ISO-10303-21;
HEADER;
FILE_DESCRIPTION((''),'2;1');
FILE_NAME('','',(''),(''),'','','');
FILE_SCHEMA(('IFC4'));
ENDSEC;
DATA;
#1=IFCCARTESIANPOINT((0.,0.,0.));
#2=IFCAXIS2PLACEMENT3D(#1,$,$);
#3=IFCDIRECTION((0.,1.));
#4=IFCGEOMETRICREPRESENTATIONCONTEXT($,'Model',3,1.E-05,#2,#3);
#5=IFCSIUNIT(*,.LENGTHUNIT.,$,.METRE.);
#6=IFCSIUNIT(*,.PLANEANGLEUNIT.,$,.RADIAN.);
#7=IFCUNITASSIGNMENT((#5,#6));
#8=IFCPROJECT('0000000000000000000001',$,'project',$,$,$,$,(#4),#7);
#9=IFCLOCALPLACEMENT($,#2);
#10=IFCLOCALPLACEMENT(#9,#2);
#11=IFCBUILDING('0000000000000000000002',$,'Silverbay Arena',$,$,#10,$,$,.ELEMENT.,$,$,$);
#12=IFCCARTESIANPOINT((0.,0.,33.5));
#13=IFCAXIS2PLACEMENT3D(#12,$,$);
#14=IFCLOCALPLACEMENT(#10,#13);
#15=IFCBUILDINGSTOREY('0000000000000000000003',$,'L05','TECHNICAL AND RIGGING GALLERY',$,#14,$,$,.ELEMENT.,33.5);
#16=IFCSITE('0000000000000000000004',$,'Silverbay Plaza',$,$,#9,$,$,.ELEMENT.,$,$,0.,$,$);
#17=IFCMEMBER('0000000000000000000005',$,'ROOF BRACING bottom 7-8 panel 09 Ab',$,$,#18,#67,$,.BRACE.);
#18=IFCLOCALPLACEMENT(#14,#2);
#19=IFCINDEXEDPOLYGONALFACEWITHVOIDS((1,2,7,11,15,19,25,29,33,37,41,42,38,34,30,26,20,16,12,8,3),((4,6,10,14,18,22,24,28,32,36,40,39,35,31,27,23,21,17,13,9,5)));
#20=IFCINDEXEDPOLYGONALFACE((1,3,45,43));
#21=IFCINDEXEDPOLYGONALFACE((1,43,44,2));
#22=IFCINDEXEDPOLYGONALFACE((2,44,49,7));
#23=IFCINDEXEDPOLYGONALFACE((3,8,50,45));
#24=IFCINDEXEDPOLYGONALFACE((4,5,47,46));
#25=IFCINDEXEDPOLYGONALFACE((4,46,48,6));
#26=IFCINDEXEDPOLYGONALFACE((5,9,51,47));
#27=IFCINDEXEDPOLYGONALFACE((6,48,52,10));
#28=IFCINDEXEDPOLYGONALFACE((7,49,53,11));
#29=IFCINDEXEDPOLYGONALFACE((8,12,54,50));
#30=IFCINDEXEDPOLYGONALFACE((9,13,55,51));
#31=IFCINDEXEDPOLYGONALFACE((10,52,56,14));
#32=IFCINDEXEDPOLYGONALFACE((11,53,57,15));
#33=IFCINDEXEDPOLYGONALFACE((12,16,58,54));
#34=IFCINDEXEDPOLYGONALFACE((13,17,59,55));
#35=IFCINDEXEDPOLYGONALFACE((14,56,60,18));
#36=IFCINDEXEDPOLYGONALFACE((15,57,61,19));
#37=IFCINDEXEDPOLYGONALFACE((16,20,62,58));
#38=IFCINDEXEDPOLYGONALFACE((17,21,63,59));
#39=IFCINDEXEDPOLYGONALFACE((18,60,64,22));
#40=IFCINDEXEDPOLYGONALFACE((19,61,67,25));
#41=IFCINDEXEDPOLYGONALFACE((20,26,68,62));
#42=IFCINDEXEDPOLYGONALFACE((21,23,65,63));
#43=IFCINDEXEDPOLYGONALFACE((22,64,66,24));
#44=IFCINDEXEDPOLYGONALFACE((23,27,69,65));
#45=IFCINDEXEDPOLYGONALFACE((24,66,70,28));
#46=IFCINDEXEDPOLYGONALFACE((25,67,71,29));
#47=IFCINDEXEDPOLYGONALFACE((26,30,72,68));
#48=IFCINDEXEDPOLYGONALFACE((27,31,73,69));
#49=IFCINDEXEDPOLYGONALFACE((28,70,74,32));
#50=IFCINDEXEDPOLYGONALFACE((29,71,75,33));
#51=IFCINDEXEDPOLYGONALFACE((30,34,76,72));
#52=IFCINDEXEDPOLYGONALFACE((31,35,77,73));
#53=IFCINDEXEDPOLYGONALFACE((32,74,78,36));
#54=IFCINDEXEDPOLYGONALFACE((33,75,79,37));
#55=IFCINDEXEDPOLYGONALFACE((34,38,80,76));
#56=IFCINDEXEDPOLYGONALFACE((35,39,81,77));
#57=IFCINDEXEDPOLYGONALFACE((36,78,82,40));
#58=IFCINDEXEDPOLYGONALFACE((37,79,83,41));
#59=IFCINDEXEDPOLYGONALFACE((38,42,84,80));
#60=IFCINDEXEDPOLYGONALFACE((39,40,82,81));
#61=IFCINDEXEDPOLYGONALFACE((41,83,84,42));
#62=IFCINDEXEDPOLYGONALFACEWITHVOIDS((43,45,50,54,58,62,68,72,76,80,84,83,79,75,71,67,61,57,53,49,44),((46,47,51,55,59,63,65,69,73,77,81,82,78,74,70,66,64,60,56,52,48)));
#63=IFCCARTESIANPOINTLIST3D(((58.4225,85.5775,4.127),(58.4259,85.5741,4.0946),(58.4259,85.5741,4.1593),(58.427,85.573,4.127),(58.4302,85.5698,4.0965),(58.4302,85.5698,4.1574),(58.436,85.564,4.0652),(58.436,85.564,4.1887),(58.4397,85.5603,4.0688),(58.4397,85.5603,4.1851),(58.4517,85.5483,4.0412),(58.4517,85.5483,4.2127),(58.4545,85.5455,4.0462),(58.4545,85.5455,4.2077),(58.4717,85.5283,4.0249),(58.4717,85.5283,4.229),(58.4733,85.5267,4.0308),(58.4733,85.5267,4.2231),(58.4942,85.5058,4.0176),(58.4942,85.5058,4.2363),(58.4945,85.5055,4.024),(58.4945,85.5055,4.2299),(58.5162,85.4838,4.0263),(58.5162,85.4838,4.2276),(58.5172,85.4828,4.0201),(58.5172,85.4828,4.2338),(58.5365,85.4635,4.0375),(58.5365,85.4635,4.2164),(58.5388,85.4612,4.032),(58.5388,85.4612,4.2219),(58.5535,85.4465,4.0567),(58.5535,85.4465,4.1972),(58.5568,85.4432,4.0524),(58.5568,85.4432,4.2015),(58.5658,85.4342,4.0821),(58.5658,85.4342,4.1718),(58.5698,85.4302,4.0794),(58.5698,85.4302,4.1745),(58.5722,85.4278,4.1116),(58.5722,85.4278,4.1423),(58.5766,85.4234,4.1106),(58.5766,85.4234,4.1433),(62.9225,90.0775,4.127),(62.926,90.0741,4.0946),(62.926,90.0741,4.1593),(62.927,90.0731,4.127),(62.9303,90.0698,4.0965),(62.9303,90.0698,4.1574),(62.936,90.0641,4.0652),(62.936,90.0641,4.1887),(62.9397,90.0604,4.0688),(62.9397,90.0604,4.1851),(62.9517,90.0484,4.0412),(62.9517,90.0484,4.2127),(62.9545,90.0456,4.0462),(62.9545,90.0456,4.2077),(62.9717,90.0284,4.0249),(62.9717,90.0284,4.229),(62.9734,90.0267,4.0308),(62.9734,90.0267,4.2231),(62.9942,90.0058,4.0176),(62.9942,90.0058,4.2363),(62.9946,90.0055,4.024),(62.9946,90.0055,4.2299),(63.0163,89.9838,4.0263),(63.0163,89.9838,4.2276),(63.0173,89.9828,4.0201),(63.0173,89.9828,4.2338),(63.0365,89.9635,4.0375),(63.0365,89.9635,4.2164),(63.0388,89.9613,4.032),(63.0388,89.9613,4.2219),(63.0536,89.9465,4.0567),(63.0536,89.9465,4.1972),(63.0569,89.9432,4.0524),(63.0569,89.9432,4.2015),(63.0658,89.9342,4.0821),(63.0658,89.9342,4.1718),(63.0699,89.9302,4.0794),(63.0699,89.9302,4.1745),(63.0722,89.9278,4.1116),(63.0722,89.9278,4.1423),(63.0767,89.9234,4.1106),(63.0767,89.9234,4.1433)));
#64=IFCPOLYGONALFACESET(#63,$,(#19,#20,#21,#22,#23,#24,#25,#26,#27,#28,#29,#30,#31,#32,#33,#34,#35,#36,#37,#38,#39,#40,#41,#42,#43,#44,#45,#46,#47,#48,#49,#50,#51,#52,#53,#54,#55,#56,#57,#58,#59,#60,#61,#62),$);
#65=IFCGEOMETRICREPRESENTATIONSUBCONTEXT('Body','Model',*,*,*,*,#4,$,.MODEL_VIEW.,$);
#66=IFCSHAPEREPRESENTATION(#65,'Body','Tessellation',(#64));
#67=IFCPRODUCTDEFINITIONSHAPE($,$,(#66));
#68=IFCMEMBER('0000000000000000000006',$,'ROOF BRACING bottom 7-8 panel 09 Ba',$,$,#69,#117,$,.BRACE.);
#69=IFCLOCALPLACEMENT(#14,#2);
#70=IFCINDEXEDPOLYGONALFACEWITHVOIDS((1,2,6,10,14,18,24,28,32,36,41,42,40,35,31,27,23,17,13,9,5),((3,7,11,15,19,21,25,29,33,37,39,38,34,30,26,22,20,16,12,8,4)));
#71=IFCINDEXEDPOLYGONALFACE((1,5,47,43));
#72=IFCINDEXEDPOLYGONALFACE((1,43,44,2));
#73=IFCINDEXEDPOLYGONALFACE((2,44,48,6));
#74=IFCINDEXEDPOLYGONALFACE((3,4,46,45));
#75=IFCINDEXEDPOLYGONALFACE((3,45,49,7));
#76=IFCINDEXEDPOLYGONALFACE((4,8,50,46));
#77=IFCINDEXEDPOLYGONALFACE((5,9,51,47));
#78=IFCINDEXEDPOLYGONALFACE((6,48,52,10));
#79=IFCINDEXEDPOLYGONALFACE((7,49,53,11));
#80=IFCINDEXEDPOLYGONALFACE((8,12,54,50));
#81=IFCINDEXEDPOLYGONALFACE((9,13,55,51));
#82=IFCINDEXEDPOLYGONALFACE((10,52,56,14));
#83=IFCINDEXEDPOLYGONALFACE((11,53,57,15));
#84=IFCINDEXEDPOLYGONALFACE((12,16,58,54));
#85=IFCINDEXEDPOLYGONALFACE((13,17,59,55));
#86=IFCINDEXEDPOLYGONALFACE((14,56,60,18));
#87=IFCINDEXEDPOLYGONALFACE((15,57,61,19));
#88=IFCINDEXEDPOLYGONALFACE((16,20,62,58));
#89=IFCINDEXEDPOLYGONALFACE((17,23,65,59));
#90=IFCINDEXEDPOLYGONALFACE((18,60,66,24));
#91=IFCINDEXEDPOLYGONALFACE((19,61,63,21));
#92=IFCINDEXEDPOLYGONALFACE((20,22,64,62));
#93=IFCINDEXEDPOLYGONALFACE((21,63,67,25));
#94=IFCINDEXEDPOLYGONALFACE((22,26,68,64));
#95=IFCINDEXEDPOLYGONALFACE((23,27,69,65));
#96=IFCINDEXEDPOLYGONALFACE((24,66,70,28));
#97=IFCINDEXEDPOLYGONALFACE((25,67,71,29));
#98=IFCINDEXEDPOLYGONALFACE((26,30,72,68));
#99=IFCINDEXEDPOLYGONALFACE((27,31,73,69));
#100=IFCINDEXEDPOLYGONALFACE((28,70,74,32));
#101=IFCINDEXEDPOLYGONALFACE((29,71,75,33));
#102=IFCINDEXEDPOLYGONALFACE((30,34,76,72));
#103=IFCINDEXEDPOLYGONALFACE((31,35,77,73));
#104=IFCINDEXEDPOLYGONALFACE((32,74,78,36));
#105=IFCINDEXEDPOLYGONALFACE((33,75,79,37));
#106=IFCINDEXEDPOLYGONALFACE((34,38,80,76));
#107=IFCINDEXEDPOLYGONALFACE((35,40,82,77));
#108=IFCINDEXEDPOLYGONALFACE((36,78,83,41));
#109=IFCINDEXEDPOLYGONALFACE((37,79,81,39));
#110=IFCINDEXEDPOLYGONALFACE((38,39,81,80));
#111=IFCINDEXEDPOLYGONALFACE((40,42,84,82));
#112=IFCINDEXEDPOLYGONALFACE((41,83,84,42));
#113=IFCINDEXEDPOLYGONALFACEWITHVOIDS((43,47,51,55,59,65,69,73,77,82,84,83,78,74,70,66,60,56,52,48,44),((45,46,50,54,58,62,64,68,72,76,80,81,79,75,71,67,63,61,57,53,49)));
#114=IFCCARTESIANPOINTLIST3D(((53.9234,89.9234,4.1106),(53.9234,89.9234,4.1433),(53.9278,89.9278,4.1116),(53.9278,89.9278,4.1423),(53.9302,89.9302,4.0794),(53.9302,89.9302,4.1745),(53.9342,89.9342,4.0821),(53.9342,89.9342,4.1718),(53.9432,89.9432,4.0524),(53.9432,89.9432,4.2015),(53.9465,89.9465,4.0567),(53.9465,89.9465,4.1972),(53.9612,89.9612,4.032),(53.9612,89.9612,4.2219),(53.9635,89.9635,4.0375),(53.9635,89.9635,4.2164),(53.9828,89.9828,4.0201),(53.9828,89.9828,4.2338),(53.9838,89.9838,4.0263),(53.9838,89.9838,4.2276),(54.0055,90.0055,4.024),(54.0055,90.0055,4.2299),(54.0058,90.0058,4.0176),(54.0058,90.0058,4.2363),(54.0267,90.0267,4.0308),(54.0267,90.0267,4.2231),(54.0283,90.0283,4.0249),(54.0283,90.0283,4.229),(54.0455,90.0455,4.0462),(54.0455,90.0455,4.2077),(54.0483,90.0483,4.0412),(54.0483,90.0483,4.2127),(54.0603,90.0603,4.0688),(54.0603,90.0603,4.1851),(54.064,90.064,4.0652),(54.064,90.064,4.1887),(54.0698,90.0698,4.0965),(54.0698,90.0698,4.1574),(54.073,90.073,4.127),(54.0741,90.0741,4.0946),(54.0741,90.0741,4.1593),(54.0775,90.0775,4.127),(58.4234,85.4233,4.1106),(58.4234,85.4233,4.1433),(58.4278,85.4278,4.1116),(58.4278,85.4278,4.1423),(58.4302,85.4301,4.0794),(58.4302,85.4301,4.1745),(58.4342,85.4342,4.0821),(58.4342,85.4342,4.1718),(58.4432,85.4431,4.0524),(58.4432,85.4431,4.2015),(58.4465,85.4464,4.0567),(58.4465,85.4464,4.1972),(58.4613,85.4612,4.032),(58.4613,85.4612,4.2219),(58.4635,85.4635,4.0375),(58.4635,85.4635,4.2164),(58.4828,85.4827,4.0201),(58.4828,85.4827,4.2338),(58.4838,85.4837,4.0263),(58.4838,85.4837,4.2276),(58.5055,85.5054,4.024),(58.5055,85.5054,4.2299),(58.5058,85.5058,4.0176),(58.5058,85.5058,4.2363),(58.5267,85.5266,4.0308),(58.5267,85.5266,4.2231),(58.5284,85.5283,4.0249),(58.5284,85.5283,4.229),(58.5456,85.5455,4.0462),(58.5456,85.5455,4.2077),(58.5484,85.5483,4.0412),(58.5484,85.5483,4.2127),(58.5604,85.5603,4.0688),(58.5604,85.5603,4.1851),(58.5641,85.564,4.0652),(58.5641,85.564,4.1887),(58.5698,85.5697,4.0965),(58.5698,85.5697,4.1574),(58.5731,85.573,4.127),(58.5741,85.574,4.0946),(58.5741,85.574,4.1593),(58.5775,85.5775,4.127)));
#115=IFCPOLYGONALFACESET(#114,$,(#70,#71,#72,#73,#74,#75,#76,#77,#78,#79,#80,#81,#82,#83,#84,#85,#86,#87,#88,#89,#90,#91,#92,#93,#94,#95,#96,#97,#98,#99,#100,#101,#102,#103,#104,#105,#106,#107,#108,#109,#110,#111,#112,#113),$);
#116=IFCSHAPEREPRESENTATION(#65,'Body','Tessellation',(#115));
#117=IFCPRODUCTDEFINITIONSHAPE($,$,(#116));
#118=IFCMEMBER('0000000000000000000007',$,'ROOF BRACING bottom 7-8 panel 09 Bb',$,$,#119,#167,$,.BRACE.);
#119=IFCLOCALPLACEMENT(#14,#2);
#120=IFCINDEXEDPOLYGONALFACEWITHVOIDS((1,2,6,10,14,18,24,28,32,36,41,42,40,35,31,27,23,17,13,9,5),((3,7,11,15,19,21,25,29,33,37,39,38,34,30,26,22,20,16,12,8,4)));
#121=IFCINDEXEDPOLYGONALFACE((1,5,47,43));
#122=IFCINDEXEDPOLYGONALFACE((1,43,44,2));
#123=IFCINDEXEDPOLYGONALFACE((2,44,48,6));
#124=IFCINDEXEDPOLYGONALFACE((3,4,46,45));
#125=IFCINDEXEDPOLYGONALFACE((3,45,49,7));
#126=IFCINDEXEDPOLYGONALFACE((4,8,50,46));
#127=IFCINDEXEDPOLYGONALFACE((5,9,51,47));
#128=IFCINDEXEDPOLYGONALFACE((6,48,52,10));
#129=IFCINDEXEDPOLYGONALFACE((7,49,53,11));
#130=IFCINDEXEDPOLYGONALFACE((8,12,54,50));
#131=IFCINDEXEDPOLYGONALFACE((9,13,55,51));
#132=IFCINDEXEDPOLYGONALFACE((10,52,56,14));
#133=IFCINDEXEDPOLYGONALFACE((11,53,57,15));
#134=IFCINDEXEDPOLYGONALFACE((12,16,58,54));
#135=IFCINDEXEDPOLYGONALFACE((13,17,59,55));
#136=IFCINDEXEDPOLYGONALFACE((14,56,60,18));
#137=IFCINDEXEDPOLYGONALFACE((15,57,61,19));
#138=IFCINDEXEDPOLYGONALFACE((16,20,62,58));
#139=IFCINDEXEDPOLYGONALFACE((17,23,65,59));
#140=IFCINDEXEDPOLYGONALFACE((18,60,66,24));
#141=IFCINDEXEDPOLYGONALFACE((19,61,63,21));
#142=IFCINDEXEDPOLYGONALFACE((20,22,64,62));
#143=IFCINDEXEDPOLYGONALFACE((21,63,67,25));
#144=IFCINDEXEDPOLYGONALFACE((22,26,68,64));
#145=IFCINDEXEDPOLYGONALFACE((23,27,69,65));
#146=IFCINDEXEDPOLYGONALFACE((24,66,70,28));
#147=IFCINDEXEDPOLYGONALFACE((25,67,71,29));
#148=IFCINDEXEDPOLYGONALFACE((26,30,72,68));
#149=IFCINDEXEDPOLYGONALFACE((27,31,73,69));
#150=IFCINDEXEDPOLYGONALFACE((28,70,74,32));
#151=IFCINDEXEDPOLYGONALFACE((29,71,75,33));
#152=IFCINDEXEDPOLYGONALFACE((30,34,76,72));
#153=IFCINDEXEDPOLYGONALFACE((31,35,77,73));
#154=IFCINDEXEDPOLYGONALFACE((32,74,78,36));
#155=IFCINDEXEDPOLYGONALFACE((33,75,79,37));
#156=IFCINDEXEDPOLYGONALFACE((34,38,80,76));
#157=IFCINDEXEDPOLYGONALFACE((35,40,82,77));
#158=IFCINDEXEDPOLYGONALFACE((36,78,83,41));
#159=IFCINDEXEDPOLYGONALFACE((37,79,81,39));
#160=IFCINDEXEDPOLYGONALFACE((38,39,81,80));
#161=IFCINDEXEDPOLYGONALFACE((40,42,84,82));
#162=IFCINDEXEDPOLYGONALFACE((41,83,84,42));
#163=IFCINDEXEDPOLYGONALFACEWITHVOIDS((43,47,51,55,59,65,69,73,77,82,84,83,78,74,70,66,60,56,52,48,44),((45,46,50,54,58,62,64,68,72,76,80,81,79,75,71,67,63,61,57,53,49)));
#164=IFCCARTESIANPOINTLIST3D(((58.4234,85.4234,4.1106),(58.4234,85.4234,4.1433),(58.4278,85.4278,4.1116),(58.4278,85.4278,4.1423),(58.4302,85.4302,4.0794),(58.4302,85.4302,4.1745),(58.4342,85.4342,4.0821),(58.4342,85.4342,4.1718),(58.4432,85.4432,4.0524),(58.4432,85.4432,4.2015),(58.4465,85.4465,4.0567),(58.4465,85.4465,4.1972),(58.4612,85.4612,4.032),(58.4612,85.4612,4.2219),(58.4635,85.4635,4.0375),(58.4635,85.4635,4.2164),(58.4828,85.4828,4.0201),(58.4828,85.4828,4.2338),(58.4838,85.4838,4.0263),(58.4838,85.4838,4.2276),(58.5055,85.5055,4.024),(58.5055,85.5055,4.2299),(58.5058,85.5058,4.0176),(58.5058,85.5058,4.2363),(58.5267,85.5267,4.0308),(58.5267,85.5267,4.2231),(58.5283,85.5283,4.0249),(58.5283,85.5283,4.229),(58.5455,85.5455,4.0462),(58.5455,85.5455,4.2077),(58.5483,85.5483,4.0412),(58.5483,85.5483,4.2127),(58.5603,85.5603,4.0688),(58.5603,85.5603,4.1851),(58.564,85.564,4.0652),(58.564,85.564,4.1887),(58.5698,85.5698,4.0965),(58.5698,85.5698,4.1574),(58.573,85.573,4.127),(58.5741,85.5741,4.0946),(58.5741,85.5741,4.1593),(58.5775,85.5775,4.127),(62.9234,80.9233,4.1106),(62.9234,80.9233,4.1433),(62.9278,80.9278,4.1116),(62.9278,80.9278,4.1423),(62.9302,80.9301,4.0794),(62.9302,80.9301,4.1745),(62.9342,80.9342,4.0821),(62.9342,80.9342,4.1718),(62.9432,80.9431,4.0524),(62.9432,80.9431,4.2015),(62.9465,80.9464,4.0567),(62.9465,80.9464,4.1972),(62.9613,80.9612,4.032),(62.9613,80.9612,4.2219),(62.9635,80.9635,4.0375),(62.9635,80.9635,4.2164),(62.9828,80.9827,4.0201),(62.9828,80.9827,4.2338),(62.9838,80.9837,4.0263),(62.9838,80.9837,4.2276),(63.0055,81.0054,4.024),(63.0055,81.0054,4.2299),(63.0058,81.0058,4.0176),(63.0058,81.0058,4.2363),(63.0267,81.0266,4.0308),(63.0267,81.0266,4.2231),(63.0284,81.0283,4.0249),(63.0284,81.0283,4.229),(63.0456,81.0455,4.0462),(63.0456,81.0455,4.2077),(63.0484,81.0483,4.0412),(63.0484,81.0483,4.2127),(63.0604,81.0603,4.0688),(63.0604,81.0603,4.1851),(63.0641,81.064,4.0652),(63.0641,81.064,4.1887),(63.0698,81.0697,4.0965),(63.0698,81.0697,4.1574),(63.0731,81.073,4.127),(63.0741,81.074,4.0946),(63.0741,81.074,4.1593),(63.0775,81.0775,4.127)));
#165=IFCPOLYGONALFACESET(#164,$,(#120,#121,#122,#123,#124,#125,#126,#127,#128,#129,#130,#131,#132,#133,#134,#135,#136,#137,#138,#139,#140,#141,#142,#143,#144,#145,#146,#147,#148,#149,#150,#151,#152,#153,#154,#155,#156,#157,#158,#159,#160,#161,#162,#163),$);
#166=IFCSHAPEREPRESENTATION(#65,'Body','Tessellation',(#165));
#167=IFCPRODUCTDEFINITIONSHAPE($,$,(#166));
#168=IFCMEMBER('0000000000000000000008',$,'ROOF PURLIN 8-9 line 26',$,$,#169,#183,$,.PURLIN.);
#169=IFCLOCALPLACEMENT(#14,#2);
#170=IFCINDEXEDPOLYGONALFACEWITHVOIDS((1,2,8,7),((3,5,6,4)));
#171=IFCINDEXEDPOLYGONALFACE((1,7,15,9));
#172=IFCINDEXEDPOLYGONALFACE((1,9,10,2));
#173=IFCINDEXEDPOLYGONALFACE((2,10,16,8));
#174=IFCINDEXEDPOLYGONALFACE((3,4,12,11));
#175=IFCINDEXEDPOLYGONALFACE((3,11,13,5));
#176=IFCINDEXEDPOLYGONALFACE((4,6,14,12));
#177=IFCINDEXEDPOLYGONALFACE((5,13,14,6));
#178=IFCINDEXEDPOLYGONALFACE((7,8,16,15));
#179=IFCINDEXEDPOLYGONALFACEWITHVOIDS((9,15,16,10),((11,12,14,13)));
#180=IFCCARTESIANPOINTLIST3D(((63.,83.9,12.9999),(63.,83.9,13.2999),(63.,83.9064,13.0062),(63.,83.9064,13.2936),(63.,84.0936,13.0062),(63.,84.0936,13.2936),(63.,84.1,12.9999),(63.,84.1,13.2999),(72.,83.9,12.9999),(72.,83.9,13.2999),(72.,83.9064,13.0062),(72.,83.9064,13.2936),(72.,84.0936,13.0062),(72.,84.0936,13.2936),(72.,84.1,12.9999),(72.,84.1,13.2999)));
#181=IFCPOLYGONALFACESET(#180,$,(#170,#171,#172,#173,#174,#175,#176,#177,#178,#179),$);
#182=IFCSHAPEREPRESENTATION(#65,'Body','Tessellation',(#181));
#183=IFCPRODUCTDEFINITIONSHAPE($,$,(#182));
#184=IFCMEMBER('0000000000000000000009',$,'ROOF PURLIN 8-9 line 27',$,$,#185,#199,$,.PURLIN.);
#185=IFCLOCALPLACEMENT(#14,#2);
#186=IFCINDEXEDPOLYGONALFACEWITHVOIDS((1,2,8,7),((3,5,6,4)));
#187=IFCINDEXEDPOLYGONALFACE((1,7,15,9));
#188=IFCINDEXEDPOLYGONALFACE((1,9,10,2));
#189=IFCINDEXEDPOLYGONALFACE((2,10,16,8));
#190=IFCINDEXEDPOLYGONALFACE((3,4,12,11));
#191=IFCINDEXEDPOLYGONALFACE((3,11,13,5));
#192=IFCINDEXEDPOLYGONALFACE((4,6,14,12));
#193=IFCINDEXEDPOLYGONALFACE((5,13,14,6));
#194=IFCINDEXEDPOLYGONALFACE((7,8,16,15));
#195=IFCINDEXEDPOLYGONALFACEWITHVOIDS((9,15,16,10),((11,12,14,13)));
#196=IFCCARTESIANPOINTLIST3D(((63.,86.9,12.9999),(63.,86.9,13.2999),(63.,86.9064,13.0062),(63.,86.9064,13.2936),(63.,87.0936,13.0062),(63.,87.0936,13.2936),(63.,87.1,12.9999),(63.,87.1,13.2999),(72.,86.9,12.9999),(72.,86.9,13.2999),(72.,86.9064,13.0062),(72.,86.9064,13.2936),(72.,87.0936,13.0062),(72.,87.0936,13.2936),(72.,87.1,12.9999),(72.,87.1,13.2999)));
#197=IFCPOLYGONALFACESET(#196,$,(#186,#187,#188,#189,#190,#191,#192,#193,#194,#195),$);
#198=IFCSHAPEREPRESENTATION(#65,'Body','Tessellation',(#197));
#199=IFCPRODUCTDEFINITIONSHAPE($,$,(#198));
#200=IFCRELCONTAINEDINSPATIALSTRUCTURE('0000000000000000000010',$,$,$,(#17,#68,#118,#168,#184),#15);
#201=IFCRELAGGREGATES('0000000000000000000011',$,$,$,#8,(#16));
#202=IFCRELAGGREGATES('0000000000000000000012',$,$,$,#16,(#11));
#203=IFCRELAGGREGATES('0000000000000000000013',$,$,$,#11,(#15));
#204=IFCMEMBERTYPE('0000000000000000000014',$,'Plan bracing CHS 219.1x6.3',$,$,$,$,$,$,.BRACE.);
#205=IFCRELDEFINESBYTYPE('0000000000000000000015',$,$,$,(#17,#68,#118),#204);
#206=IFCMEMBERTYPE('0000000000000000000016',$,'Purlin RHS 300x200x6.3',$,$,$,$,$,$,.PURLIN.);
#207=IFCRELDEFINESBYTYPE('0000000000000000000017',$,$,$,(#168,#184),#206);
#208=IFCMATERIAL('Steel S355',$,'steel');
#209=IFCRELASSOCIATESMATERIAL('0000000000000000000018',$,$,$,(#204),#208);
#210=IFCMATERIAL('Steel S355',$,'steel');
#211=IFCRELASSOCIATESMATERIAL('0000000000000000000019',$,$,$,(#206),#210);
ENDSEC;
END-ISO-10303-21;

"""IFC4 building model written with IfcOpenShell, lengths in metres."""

from ifc_helpers import new_model, si_unit, direction, frame, origin, origin_2d, place, context, subcontext, project, spatial, hollow_rectangle, hollow_circle, extrude, material, material_profile, profile_set, type_object, element, save


model = new_model("IFC4")

# Units and contexts
model_context = context("Model", 3, precision=1e-05, world=origin(), true_north=direction((0.0, 1.0)))
body_context = subcontext(model_context, "Body", "Model", "MODEL_VIEW")
ifc_project = project(units=[si_unit("LENGTHUNIT", "METRE"), si_unit("PLANEANGLEUNIT", "RADIAN")], contexts=[model_context])

# Site, building, storey
site_placement = place(None, origin())
site = spatial("IfcSite", under=ifc_project, at=site_placement, Name="Silverbay Plaza", CompositionType="ELEMENT", RefElevation=0.0)
building_placement = place(site_placement, origin())
building = spatial("IfcBuilding", under=site, at=building_placement, Name="Silverbay Arena", CompositionType="ELEMENT")
storey_placement = place(building_placement, frame((0.0, 0.0, 33.5)))
storey = spatial("IfcBuildingStorey", under=building, at=storey_placement, Name="L05", Description="TECHNICAL AND RIGGING GALLERY", CompositionType="ELEMENT", Elevation=33.5)

# Members
ifc_material_1 = material(Name="Steel S355", Category="steel")
ifc_material_profile_1 = material_profile(ifc_material_1, hollow_circle(Radius=0.1096, WallThickness=0.0063, at=origin_2d()), Name="CHS 219.1x6.3")
ifc_profile_set_1 = profile_set([ifc_material_profile_1], Name="Steel S355")
member_type_1 = type_object("IfcMemberType", Name="Plan bracing CHS 219.1x6.3", PredefinedType="BRACE", material=ifc_profile_set_1)
for number, where, z_axis, x_axis, name in (
    (1, (58.5, 85.5, 4.127), (0.707107, 0.707107, 0.0), (-0.707107, 0.707107, 0.0), "ROOF BRACING bottom 7-8 panel 09 Ab"),
    (2, (54.0, 90.0, 4.127), (0.707107, -0.707107, 0.0), (0.707107, 0.707107, 0.0), "ROOF BRACING bottom 7-8 panel 09 Ba"),
    (3, (58.5, 85.5, 4.127), (0.707107, -0.707107, 0.0), (0.707107, 0.707107, 0.0), "ROOF BRACING bottom 7-8 panel 09 Bb"),
):
    element("IfcMember", number, at=place(storey_placement, frame(where, z_axis=z_axis, x_axis=x_axis)), inside=storey, type_object=member_type_1, Name=name, PredefinedType="BRACE", context=body_context, shape_type="SweptSolid", body=[
        extrude(hollow_circle(Radius=0.1096, WallThickness=0.0063, at=origin_2d()), origin(), (0.0, 0.0, 1.0), 6.364),
    ])
ifc_material_2 = material(Name="Steel S355", Category="steel")
ifc_material_profile_2 = material_profile(ifc_material_2, hollow_rectangle(XDim=0.2, YDim=0.3, WallThickness=0.0063, at=origin_2d()), Name="RHS 300x200x6.3")
ifc_profile_set_2 = profile_set([ifc_material_profile_2], Name="Steel S355")
member_type_2 = type_object("IfcMemberType", Name="Purlin RHS 300x200x6.3", PredefinedType="PURLIN", material=ifc_profile_set_2)
for number, where, z_axis, x_axis, name in (
    (4, (63.0, 84.0, 13.1499), (1.0, 0.0, 0.0), (0.0, 1.0, 0.0), "ROOF PURLIN 8-9 line 26"),
    (5, (63.0, 87.0, 13.1499), (1.0, 0.0, 0.0), (0.0, 1.0, 0.0), "ROOF PURLIN 8-9 line 27"),
):
    element("IfcMember", number, at=place(storey_placement, frame(where, z_axis=z_axis, x_axis=x_axis)), inside=storey, type_object=member_type_2, Name=name, PredefinedType="PURLIN", context=body_context, shape_type="SweptSolid", body=[
        extrude(hollow_rectangle(XDim=0.2, YDim=0.3, WallThickness=0.0063, at=origin_2d()), origin(), (0.0, 0.0, 1.0), 9.0),
    ])

save(model, "model.ifc")
